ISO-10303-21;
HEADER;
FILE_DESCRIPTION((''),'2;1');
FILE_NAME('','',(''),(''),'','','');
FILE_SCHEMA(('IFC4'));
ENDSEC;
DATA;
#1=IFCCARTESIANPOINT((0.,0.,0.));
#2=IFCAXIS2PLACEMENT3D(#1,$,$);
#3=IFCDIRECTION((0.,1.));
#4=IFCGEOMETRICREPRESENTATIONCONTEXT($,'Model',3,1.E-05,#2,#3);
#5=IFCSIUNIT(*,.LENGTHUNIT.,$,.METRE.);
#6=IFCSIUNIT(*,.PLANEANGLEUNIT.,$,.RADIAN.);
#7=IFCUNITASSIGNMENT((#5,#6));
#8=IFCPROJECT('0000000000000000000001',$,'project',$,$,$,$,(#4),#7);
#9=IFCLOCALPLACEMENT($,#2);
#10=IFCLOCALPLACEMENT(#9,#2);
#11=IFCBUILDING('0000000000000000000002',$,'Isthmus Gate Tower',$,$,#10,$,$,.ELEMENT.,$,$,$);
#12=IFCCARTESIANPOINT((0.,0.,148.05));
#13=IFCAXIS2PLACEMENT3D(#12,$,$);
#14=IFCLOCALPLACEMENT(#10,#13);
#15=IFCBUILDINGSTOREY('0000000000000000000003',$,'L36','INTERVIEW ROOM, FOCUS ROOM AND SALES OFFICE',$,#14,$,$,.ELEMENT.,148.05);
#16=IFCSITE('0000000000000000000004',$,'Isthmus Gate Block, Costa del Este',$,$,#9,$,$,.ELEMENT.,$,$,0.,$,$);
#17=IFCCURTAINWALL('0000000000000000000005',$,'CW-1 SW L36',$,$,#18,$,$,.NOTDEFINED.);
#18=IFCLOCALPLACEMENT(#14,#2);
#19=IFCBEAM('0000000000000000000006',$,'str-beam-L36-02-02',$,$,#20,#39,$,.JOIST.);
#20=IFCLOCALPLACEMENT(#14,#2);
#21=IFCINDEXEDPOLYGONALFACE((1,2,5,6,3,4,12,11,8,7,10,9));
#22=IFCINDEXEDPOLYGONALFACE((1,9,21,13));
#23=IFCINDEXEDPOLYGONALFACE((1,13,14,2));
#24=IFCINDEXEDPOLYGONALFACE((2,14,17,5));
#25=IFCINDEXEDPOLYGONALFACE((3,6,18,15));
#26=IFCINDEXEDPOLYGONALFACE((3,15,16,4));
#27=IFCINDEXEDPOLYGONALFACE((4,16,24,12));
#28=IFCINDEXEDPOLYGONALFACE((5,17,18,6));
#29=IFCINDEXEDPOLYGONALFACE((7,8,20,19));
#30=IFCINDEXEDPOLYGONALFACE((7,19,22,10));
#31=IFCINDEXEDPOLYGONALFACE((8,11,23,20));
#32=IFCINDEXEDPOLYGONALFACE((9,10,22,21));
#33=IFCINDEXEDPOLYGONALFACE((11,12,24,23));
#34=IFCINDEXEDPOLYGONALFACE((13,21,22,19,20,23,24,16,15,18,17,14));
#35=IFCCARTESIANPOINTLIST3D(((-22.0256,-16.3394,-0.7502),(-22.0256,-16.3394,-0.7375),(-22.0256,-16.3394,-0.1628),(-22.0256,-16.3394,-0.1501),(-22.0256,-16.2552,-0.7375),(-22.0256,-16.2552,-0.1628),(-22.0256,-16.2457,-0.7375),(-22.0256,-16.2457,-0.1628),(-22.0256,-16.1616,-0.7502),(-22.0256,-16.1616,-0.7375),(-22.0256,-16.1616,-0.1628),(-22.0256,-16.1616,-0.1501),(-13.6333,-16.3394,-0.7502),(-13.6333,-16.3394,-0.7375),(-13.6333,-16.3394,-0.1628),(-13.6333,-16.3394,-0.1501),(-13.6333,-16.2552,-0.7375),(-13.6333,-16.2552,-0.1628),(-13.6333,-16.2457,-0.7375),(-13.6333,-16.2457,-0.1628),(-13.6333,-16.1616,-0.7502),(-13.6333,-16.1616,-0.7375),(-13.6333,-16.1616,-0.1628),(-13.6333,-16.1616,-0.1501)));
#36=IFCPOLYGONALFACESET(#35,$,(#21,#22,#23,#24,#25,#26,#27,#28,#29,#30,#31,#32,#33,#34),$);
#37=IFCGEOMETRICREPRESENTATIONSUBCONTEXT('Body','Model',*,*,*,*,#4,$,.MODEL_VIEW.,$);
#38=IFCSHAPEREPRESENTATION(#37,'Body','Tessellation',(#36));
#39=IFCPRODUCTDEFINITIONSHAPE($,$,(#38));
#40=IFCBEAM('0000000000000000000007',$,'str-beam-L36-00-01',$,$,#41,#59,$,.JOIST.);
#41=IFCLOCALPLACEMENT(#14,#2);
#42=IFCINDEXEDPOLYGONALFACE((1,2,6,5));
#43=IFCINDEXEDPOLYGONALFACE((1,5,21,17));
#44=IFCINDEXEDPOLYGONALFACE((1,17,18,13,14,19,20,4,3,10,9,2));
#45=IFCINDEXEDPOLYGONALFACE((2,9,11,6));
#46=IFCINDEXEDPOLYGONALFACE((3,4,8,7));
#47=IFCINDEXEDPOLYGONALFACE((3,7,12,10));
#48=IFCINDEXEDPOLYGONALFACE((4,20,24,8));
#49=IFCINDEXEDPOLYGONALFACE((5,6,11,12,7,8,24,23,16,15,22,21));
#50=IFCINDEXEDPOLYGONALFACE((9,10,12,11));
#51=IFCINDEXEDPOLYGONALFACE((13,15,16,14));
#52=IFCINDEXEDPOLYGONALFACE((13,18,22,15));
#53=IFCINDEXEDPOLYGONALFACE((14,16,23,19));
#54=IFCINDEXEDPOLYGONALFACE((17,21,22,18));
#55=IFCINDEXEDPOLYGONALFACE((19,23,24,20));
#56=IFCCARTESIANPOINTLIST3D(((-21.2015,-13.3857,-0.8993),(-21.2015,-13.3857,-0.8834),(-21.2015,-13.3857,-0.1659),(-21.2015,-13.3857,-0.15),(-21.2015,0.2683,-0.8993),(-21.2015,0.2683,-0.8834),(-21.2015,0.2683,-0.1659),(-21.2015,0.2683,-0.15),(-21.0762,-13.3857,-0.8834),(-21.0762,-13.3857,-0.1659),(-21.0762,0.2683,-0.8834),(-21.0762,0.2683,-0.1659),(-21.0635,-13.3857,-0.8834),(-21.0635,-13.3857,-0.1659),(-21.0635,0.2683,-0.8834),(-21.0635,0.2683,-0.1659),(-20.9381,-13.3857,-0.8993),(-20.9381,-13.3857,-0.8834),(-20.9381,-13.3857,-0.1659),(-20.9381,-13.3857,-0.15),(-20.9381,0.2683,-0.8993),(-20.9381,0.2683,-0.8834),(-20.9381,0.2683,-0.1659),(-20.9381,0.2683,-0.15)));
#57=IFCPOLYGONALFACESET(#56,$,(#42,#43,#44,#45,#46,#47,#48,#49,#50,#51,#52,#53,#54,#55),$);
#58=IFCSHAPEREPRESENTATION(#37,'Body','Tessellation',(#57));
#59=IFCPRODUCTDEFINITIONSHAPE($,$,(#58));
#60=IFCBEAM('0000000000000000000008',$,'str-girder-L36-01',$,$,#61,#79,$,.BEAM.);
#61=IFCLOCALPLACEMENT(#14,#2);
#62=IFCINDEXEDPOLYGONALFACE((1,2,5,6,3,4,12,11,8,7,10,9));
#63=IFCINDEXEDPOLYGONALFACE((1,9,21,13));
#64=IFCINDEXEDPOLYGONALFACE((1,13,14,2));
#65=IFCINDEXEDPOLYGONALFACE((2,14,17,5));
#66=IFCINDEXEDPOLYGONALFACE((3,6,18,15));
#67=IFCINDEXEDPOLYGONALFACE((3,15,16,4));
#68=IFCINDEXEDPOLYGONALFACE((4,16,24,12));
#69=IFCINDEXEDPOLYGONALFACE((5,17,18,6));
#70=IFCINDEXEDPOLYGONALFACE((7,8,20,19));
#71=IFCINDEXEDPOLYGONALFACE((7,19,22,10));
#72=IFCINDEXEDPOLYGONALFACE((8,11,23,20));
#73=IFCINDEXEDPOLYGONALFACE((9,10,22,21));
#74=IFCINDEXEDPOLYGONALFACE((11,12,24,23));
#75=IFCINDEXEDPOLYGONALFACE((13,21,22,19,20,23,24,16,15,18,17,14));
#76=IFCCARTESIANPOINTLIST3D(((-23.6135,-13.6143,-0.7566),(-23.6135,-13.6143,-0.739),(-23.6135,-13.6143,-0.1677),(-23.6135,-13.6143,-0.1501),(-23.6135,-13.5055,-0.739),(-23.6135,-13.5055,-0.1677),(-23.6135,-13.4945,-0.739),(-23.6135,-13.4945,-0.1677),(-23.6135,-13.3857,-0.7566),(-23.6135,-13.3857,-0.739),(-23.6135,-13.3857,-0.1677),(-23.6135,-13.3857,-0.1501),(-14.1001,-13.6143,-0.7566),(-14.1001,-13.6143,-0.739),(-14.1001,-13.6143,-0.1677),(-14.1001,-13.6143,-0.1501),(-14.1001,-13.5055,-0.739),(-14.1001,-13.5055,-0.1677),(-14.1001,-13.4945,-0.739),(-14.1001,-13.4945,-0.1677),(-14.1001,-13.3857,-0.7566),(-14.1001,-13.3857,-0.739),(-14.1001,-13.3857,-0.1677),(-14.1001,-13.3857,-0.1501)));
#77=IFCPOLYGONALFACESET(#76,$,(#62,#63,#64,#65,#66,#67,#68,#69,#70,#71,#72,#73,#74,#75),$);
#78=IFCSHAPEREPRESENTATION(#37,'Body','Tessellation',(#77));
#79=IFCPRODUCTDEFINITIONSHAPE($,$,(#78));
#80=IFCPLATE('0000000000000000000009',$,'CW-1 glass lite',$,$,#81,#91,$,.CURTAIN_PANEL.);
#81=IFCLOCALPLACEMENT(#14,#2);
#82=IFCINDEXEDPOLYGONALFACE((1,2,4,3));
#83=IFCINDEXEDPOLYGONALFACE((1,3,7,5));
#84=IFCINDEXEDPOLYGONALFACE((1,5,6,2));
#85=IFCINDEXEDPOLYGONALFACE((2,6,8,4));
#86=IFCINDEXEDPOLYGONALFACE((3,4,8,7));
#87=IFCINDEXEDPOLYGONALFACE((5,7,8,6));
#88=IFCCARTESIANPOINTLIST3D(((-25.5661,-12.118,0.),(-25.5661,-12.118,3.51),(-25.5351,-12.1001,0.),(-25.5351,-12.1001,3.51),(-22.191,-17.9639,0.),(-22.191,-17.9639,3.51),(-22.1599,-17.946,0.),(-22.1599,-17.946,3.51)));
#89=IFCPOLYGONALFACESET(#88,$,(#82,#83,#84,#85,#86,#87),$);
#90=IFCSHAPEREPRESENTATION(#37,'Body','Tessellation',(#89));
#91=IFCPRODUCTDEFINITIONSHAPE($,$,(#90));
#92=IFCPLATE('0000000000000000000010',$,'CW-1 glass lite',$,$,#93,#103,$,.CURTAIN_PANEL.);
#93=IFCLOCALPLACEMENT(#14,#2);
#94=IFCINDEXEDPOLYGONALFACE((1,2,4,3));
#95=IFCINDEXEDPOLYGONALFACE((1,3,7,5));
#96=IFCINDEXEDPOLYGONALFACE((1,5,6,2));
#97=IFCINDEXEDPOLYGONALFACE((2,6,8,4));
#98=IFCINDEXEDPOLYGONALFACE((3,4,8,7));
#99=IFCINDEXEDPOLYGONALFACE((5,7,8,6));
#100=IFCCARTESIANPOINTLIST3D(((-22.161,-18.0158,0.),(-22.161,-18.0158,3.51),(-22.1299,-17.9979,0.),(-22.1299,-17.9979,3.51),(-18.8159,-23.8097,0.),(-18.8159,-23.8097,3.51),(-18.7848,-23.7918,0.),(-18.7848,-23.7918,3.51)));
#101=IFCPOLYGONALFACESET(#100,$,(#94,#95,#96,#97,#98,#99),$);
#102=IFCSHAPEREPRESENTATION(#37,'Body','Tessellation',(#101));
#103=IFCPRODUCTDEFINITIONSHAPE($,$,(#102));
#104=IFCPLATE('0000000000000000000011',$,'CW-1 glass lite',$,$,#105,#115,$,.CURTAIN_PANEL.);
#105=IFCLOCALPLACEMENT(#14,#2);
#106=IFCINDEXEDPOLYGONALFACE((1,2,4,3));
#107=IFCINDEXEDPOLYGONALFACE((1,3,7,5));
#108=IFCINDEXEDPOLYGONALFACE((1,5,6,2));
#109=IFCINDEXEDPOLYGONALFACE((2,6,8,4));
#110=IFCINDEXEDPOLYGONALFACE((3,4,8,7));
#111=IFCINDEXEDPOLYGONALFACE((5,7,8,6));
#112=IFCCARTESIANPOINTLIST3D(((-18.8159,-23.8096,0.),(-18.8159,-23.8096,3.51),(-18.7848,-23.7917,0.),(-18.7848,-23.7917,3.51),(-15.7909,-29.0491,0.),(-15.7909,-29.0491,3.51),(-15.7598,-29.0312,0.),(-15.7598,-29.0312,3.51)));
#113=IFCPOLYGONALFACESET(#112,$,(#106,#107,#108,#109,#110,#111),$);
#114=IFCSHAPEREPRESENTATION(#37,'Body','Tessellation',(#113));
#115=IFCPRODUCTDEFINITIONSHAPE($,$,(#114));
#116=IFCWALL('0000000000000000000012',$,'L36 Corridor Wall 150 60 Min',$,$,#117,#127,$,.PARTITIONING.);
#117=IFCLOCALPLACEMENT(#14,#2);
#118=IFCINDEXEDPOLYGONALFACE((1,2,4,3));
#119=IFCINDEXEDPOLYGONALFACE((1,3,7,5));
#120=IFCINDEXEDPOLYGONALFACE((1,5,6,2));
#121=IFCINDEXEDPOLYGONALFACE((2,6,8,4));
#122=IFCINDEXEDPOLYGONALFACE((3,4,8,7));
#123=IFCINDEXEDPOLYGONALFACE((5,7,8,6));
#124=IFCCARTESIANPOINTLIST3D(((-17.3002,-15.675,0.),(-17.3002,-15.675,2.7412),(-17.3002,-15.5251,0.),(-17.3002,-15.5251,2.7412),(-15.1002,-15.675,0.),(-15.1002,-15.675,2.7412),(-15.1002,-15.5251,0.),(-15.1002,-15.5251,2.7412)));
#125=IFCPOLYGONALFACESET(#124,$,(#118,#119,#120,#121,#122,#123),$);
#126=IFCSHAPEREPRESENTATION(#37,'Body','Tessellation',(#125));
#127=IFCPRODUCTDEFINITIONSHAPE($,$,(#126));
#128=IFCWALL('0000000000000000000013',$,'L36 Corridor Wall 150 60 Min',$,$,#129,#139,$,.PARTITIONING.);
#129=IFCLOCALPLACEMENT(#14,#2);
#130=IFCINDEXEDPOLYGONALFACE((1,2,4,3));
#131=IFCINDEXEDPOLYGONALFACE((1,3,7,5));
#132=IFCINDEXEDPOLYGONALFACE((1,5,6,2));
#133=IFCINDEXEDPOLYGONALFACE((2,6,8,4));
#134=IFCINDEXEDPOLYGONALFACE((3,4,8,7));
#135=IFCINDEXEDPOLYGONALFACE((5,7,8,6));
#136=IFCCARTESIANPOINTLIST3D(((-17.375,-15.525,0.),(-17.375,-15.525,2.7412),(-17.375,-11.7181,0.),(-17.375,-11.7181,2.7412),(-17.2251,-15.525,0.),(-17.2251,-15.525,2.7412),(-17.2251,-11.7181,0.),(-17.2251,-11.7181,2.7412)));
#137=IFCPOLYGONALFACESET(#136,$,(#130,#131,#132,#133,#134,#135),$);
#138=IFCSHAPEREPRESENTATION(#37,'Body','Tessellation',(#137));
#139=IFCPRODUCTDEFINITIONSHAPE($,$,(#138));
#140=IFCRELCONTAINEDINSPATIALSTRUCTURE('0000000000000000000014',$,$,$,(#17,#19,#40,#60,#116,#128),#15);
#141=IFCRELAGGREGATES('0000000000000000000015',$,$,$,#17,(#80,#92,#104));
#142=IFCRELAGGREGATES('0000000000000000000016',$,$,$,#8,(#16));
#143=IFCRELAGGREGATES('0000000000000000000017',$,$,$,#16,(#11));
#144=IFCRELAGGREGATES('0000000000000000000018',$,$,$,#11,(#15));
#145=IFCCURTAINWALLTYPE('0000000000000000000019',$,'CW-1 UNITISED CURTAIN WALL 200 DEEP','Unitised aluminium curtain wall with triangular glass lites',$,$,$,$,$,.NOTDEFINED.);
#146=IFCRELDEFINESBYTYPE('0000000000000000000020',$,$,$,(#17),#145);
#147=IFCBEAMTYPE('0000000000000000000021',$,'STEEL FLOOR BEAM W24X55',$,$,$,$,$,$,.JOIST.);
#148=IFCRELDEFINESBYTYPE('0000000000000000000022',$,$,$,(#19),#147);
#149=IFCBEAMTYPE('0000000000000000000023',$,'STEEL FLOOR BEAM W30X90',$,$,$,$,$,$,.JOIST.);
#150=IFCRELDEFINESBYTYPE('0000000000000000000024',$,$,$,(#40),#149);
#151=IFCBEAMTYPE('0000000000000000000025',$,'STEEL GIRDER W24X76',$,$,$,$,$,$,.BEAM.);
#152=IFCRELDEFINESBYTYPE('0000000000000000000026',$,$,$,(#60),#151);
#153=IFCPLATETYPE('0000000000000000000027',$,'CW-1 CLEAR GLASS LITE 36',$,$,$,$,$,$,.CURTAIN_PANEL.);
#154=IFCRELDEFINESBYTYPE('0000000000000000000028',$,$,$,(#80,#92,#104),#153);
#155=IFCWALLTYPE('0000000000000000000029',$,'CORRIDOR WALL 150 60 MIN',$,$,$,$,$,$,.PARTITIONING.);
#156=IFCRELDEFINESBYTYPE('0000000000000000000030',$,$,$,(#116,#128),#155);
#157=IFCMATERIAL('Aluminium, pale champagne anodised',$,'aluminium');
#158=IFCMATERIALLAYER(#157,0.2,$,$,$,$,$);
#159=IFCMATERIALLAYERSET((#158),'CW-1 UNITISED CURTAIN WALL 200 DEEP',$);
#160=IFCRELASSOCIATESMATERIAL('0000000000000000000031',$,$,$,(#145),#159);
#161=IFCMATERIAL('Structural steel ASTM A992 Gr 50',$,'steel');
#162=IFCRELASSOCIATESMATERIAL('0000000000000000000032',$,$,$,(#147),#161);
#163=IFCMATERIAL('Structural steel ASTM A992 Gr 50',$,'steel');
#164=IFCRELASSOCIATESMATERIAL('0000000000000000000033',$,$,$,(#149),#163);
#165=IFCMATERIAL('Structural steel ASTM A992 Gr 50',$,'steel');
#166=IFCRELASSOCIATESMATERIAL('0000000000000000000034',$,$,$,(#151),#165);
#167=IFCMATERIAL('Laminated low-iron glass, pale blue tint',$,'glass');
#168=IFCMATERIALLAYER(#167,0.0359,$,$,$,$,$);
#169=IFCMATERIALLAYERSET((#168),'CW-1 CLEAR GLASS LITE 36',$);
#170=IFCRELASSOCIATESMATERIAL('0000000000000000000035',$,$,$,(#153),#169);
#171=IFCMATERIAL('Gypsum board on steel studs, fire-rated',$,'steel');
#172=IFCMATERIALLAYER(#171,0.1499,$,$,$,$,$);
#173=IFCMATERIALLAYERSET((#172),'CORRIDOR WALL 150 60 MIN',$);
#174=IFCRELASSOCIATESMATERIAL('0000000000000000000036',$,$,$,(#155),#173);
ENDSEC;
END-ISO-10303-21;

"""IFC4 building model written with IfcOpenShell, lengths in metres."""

from ifc_helpers import new_model, si_unit, direction, frame, frame_2d, origin, origin_2d, place, context, subcontext, project, spatial, rectangle, i_section, extrude, material, layer, layer_set, material_profile, profile_set, type_object, element, aggregate, save


model = new_model("IFC4")

# Units and contexts
model_context = context("Model", 3, precision=1e-05, world=origin(), true_north=direction((0.0, 1.0)))
body_context = subcontext(model_context, "Body", "Model", "MODEL_VIEW")
ifc_project = project(units=[si_unit("LENGTHUNIT", "METRE"), si_unit("PLANEANGLEUNIT", "RADIAN")], contexts=[model_context])

# Site, building, storey
site_placement = place(None, origin())
site = spatial("IfcSite", under=ifc_project, at=site_placement, Name="Isthmus Gate Block, Costa del Este", CompositionType="ELEMENT", RefElevation=0.0)
building_placement = place(site_placement, origin())
building = spatial("IfcBuilding", under=site, at=building_placement, Name="Isthmus Gate Tower", CompositionType="ELEMENT")
storey_placement = place(building_placement, frame((0.0, 0.0, 148.05)))
storey = spatial("IfcBuildingStorey", under=building, at=storey_placement, Name="L36", Description="INTERVIEW ROOM, FOCUS ROOM AND SALES OFFICE", CompositionType="ELEMENT", Elevation=148.05)

# Curtain wall
ifc_material_1 = material(Name="Aluminium, pale champagne anodised", Category="aluminium")
ifc_layer_1 = layer(ifc_material_1, 0.2)
ifc_layer_set_1 = layer_set([ifc_layer_1], Name="CW-1 UNITISED CURTAIN WALL 200 DEEP")
curtain_wall_type = type_object("IfcCurtainWallType", Name="CW-1 UNITISED CURTAIN WALL 200 DEEP", Description="Unitised aluminium curtain wall with triangular glass lites", PredefinedType="NOTDEFINED", material=ifc_layer_set_1)
curtain_wall_1_placement = place(storey_placement, origin())
curtain_wall_1 = element("IfcCurtainWall", 1, at=curtain_wall_1_placement, inside=storey, type_object=curtain_wall_type, Name="CW-1 SW L36", PredefinedType="NOTDEFINED")

# Beams
ifc_material_2 = material(Name="Structural steel ASTM A992 Gr 50", Category="steel")
ifc_material_profile_1 = material_profile(ifc_material_2, i_section(OverallWidth=0.1777, OverallDepth=0.6001, WebThickness=0.0095, FlangeThickness=0.0127, at=origin_2d()), Name="W24X55")
ifc_profile_set_1 = profile_set([ifc_material_profile_1], Name="Structural steel ASTM A992 Gr 50")
beam_type_1 = type_object("IfcBeamType", Name="STEEL FLOOR BEAM W24X55", PredefinedType="JOIST", material=ifc_profile_set_1)
beam_1_placement = place(storey_placement, frame((-22.0256, -16.2505, -0.4502), z_axis=(1.0, 0.0, 0.0), x_axis=(0.0, 1.0, 0.0)))
element("IfcBeam", 2, at=beam_1_placement, inside=storey, type_object=beam_type_1, Name="str-beam-L36-02-02", PredefinedType="JOIST", context=body_context, shape_type="SweptSolid", body=[
    extrude(i_section(OverallWidth=0.1777, OverallDepth=0.6001, WebThickness=0.0095, FlangeThickness=0.0127, at=origin_2d()), origin(), (0.0, 0.0, 1.0), 8.3923),
])
ifc_material_3 = material(Name="Structural steel ASTM A992 Gr 50", Category="steel")
ifc_material_profile_2 = material_profile(ifc_material_3, i_section(OverallWidth=0.2634, OverallDepth=0.7493, WebThickness=0.0127, FlangeThickness=0.0159, at=origin_2d()), Name="W30X90")
ifc_profile_set_2 = profile_set([ifc_material_profile_2], Name="Structural steel ASTM A992 Gr 50")
beam_type_2 = type_object("IfcBeamType", Name="STEEL FLOOR BEAM W30X90", PredefinedType="JOIST", material=ifc_profile_set_2)
beam_2_placement = place(storey_placement, frame((-21.0698, -13.3857, -0.5247), z_axis=(0.0, 1.0, 0.0), x_axis=(-1.0, 0.0, 0.0)))
element("IfcBeam", 3, at=beam_2_placement, inside=storey, type_object=beam_type_2, Name="str-beam-L36-00-01", PredefinedType="JOIST", context=body_context, shape_type="SweptSolid", body=[
    extrude(i_section(OverallWidth=0.2634, OverallDepth=0.7493, WebThickness=0.0127, FlangeThickness=0.0159, at=origin_2d()), origin(), (0.0, 0.0, 1.0), 13.6541),
])
ifc_material_4 = material(Name="Structural steel ASTM A992 Gr 50", Category="steel")
ifc_material_profile_3 = material_profile(ifc_material_4, i_section(OverallWidth=0.2285, OverallDepth=0.6064, WebThickness=0.011, FlangeThickness=0.0176, at=origin_2d()), Name="W24X76")
ifc_profile_set_3 = profile_set([ifc_material_profile_3], Name="Structural steel ASTM A992 Gr 50")
beam_type_3 = type_object("IfcBeamType", Name="STEEL GIRDER W24X76", PredefinedType="BEAM", material=ifc_profile_set_3)
beam_3_placement = place(storey_placement, frame((-23.6135, -13.5, -0.4534), z_axis=(1.0, 0.0, 0.0), x_axis=(0.0, 1.0, 0.0)))
element("IfcBeam", 4, at=beam_3_placement, inside=storey, type_object=beam_type_3, Name="str-girder-L36-01", PredefinedType="BEAM", context=body_context, shape_type="SweptSolid", body=[
    extrude(i_section(OverallWidth=0.2285, OverallDepth=0.6064, WebThickness=0.011, FlangeThickness=0.0176, at=origin_2d()), origin(), (0.0, 0.0, 1.0), 9.5134),
])

# Plates
ifc_material_5 = material(Name="Laminated low-iron glass, pale blue tint", Category="glass")
ifc_layer_2 = layer(ifc_material_5, 0.0359)
ifc_layer_set_2 = layer_set([ifc_layer_2], Name="CW-1 CLEAR GLASS LITE 36")
plate_type = type_object("IfcPlateType", Name="CW-1 CLEAR GLASS LITE 36", PredefinedType="CURTAIN_PANEL", material=ifc_layer_set_2)
plate_1_placement = place(storey_placement, frame((-23.863, -15.032, 0.0), z_axis=(0.0, 0.0, 1.0), x_axis=(0.5, -0.866025, 0.0)))
plate_1 = element("IfcPlate", 5, at=plate_1_placement, type_object=plate_type, Name="CW-1 glass lite", PredefinedType="CURTAIN_PANEL", context=body_context, shape_type="SweptSolid", body=[
    extrude(rectangle(XDim=6.7502, YDim=0.0359, at=origin_2d()), origin(), (0.0, 0.0, 1.0), 3.51),
])
plate_2_placement = place(storey_placement, frame((-20.4729, -20.9038, 0.0), z_axis=(0.0, 0.0, 1.0), x_axis=(0.5, -0.866025, 0.0)))
plate_2 = element("IfcPlate", 6, at=plate_2_placement, type_object=plate_type, Name="CW-1 glass lite", PredefinedType="CURTAIN_PANEL", context=body_context, shape_type="SweptSolid", body=[
    extrude(rectangle(XDim=6.6902, YDim=0.0359, at=origin_2d()), origin(), (0.0, 0.0, 1.0), 3.51),
])
plate_3_placement = place(storey_placement, frame((-17.2878, -26.4204, 0.0), z_axis=(0.0, 0.0, 1.0), x_axis=(0.5, -0.866025, 0.0)))
plate_3 = element("IfcPlate", 7, at=plate_3_placement, type_object=plate_type, Name="CW-1 glass lite", PredefinedType="CURTAIN_PANEL", context=body_context, shape_type="SweptSolid", body=[
    extrude(rectangle(XDim=6.05, YDim=0.0359, at=origin_2d()), origin(), (0.0, 0.0, 1.0), 3.51),
])
aggregate(curtain_wall_1, [plate_1, plate_2, plate_3])

# Walls
ifc_material_6 = material(Name="Gypsum board on steel studs, fire-rated", Category="steel")
ifc_layer_3 = layer(ifc_material_6, 0.1499)
ifc_layer_set_3 = layer_set([ifc_layer_3], Name="CORRIDOR WALL 150 60 MIN")
wall_type = type_object("IfcWallType", Name="CORRIDOR WALL 150 60 MIN", PredefinedType="PARTITIONING", material=ifc_layer_set_3)
wall_1_placement = place(storey_placement, frame((-15.1001, -15.6001, 0.0), z_axis=(0.0, 0.0, 1.0), x_axis=(-1.0, 0.0, 0.0)))
element("IfcWall", 8, at=wall_1_placement, inside=storey, type_object=wall_type, Name="L36 Corridor Wall 150 60 Min", PredefinedType="PARTITIONING", context=body_context, shape_type="SweptSolid", body=[
    extrude(rectangle(XDim=2.2, YDim=0.1499, at=frame_2d((1.1001, 0.0))), origin(), (0.0, 0.0, 1.0), 2.7412),
])
wall_2_placement = place(storey_placement, frame((-17.3, -15.5249, 0.0), z_axis=(0.0, 0.0, 1.0), x_axis=(0.0, 1.0, 0.0)))
element("IfcWall", 9, at=wall_2_placement, inside=storey, type_object=wall_type, Name="L36 Corridor Wall 150 60 Min", PredefinedType="PARTITIONING", context=body_context, shape_type="SweptSolid", body=[
    extrude(rectangle(XDim=3.8069, YDim=0.1499, at=frame_2d((1.9033, 0.0))), origin(), (0.0, 0.0, 1.0), 2.7412),
])

save(model, "model.ifc")
